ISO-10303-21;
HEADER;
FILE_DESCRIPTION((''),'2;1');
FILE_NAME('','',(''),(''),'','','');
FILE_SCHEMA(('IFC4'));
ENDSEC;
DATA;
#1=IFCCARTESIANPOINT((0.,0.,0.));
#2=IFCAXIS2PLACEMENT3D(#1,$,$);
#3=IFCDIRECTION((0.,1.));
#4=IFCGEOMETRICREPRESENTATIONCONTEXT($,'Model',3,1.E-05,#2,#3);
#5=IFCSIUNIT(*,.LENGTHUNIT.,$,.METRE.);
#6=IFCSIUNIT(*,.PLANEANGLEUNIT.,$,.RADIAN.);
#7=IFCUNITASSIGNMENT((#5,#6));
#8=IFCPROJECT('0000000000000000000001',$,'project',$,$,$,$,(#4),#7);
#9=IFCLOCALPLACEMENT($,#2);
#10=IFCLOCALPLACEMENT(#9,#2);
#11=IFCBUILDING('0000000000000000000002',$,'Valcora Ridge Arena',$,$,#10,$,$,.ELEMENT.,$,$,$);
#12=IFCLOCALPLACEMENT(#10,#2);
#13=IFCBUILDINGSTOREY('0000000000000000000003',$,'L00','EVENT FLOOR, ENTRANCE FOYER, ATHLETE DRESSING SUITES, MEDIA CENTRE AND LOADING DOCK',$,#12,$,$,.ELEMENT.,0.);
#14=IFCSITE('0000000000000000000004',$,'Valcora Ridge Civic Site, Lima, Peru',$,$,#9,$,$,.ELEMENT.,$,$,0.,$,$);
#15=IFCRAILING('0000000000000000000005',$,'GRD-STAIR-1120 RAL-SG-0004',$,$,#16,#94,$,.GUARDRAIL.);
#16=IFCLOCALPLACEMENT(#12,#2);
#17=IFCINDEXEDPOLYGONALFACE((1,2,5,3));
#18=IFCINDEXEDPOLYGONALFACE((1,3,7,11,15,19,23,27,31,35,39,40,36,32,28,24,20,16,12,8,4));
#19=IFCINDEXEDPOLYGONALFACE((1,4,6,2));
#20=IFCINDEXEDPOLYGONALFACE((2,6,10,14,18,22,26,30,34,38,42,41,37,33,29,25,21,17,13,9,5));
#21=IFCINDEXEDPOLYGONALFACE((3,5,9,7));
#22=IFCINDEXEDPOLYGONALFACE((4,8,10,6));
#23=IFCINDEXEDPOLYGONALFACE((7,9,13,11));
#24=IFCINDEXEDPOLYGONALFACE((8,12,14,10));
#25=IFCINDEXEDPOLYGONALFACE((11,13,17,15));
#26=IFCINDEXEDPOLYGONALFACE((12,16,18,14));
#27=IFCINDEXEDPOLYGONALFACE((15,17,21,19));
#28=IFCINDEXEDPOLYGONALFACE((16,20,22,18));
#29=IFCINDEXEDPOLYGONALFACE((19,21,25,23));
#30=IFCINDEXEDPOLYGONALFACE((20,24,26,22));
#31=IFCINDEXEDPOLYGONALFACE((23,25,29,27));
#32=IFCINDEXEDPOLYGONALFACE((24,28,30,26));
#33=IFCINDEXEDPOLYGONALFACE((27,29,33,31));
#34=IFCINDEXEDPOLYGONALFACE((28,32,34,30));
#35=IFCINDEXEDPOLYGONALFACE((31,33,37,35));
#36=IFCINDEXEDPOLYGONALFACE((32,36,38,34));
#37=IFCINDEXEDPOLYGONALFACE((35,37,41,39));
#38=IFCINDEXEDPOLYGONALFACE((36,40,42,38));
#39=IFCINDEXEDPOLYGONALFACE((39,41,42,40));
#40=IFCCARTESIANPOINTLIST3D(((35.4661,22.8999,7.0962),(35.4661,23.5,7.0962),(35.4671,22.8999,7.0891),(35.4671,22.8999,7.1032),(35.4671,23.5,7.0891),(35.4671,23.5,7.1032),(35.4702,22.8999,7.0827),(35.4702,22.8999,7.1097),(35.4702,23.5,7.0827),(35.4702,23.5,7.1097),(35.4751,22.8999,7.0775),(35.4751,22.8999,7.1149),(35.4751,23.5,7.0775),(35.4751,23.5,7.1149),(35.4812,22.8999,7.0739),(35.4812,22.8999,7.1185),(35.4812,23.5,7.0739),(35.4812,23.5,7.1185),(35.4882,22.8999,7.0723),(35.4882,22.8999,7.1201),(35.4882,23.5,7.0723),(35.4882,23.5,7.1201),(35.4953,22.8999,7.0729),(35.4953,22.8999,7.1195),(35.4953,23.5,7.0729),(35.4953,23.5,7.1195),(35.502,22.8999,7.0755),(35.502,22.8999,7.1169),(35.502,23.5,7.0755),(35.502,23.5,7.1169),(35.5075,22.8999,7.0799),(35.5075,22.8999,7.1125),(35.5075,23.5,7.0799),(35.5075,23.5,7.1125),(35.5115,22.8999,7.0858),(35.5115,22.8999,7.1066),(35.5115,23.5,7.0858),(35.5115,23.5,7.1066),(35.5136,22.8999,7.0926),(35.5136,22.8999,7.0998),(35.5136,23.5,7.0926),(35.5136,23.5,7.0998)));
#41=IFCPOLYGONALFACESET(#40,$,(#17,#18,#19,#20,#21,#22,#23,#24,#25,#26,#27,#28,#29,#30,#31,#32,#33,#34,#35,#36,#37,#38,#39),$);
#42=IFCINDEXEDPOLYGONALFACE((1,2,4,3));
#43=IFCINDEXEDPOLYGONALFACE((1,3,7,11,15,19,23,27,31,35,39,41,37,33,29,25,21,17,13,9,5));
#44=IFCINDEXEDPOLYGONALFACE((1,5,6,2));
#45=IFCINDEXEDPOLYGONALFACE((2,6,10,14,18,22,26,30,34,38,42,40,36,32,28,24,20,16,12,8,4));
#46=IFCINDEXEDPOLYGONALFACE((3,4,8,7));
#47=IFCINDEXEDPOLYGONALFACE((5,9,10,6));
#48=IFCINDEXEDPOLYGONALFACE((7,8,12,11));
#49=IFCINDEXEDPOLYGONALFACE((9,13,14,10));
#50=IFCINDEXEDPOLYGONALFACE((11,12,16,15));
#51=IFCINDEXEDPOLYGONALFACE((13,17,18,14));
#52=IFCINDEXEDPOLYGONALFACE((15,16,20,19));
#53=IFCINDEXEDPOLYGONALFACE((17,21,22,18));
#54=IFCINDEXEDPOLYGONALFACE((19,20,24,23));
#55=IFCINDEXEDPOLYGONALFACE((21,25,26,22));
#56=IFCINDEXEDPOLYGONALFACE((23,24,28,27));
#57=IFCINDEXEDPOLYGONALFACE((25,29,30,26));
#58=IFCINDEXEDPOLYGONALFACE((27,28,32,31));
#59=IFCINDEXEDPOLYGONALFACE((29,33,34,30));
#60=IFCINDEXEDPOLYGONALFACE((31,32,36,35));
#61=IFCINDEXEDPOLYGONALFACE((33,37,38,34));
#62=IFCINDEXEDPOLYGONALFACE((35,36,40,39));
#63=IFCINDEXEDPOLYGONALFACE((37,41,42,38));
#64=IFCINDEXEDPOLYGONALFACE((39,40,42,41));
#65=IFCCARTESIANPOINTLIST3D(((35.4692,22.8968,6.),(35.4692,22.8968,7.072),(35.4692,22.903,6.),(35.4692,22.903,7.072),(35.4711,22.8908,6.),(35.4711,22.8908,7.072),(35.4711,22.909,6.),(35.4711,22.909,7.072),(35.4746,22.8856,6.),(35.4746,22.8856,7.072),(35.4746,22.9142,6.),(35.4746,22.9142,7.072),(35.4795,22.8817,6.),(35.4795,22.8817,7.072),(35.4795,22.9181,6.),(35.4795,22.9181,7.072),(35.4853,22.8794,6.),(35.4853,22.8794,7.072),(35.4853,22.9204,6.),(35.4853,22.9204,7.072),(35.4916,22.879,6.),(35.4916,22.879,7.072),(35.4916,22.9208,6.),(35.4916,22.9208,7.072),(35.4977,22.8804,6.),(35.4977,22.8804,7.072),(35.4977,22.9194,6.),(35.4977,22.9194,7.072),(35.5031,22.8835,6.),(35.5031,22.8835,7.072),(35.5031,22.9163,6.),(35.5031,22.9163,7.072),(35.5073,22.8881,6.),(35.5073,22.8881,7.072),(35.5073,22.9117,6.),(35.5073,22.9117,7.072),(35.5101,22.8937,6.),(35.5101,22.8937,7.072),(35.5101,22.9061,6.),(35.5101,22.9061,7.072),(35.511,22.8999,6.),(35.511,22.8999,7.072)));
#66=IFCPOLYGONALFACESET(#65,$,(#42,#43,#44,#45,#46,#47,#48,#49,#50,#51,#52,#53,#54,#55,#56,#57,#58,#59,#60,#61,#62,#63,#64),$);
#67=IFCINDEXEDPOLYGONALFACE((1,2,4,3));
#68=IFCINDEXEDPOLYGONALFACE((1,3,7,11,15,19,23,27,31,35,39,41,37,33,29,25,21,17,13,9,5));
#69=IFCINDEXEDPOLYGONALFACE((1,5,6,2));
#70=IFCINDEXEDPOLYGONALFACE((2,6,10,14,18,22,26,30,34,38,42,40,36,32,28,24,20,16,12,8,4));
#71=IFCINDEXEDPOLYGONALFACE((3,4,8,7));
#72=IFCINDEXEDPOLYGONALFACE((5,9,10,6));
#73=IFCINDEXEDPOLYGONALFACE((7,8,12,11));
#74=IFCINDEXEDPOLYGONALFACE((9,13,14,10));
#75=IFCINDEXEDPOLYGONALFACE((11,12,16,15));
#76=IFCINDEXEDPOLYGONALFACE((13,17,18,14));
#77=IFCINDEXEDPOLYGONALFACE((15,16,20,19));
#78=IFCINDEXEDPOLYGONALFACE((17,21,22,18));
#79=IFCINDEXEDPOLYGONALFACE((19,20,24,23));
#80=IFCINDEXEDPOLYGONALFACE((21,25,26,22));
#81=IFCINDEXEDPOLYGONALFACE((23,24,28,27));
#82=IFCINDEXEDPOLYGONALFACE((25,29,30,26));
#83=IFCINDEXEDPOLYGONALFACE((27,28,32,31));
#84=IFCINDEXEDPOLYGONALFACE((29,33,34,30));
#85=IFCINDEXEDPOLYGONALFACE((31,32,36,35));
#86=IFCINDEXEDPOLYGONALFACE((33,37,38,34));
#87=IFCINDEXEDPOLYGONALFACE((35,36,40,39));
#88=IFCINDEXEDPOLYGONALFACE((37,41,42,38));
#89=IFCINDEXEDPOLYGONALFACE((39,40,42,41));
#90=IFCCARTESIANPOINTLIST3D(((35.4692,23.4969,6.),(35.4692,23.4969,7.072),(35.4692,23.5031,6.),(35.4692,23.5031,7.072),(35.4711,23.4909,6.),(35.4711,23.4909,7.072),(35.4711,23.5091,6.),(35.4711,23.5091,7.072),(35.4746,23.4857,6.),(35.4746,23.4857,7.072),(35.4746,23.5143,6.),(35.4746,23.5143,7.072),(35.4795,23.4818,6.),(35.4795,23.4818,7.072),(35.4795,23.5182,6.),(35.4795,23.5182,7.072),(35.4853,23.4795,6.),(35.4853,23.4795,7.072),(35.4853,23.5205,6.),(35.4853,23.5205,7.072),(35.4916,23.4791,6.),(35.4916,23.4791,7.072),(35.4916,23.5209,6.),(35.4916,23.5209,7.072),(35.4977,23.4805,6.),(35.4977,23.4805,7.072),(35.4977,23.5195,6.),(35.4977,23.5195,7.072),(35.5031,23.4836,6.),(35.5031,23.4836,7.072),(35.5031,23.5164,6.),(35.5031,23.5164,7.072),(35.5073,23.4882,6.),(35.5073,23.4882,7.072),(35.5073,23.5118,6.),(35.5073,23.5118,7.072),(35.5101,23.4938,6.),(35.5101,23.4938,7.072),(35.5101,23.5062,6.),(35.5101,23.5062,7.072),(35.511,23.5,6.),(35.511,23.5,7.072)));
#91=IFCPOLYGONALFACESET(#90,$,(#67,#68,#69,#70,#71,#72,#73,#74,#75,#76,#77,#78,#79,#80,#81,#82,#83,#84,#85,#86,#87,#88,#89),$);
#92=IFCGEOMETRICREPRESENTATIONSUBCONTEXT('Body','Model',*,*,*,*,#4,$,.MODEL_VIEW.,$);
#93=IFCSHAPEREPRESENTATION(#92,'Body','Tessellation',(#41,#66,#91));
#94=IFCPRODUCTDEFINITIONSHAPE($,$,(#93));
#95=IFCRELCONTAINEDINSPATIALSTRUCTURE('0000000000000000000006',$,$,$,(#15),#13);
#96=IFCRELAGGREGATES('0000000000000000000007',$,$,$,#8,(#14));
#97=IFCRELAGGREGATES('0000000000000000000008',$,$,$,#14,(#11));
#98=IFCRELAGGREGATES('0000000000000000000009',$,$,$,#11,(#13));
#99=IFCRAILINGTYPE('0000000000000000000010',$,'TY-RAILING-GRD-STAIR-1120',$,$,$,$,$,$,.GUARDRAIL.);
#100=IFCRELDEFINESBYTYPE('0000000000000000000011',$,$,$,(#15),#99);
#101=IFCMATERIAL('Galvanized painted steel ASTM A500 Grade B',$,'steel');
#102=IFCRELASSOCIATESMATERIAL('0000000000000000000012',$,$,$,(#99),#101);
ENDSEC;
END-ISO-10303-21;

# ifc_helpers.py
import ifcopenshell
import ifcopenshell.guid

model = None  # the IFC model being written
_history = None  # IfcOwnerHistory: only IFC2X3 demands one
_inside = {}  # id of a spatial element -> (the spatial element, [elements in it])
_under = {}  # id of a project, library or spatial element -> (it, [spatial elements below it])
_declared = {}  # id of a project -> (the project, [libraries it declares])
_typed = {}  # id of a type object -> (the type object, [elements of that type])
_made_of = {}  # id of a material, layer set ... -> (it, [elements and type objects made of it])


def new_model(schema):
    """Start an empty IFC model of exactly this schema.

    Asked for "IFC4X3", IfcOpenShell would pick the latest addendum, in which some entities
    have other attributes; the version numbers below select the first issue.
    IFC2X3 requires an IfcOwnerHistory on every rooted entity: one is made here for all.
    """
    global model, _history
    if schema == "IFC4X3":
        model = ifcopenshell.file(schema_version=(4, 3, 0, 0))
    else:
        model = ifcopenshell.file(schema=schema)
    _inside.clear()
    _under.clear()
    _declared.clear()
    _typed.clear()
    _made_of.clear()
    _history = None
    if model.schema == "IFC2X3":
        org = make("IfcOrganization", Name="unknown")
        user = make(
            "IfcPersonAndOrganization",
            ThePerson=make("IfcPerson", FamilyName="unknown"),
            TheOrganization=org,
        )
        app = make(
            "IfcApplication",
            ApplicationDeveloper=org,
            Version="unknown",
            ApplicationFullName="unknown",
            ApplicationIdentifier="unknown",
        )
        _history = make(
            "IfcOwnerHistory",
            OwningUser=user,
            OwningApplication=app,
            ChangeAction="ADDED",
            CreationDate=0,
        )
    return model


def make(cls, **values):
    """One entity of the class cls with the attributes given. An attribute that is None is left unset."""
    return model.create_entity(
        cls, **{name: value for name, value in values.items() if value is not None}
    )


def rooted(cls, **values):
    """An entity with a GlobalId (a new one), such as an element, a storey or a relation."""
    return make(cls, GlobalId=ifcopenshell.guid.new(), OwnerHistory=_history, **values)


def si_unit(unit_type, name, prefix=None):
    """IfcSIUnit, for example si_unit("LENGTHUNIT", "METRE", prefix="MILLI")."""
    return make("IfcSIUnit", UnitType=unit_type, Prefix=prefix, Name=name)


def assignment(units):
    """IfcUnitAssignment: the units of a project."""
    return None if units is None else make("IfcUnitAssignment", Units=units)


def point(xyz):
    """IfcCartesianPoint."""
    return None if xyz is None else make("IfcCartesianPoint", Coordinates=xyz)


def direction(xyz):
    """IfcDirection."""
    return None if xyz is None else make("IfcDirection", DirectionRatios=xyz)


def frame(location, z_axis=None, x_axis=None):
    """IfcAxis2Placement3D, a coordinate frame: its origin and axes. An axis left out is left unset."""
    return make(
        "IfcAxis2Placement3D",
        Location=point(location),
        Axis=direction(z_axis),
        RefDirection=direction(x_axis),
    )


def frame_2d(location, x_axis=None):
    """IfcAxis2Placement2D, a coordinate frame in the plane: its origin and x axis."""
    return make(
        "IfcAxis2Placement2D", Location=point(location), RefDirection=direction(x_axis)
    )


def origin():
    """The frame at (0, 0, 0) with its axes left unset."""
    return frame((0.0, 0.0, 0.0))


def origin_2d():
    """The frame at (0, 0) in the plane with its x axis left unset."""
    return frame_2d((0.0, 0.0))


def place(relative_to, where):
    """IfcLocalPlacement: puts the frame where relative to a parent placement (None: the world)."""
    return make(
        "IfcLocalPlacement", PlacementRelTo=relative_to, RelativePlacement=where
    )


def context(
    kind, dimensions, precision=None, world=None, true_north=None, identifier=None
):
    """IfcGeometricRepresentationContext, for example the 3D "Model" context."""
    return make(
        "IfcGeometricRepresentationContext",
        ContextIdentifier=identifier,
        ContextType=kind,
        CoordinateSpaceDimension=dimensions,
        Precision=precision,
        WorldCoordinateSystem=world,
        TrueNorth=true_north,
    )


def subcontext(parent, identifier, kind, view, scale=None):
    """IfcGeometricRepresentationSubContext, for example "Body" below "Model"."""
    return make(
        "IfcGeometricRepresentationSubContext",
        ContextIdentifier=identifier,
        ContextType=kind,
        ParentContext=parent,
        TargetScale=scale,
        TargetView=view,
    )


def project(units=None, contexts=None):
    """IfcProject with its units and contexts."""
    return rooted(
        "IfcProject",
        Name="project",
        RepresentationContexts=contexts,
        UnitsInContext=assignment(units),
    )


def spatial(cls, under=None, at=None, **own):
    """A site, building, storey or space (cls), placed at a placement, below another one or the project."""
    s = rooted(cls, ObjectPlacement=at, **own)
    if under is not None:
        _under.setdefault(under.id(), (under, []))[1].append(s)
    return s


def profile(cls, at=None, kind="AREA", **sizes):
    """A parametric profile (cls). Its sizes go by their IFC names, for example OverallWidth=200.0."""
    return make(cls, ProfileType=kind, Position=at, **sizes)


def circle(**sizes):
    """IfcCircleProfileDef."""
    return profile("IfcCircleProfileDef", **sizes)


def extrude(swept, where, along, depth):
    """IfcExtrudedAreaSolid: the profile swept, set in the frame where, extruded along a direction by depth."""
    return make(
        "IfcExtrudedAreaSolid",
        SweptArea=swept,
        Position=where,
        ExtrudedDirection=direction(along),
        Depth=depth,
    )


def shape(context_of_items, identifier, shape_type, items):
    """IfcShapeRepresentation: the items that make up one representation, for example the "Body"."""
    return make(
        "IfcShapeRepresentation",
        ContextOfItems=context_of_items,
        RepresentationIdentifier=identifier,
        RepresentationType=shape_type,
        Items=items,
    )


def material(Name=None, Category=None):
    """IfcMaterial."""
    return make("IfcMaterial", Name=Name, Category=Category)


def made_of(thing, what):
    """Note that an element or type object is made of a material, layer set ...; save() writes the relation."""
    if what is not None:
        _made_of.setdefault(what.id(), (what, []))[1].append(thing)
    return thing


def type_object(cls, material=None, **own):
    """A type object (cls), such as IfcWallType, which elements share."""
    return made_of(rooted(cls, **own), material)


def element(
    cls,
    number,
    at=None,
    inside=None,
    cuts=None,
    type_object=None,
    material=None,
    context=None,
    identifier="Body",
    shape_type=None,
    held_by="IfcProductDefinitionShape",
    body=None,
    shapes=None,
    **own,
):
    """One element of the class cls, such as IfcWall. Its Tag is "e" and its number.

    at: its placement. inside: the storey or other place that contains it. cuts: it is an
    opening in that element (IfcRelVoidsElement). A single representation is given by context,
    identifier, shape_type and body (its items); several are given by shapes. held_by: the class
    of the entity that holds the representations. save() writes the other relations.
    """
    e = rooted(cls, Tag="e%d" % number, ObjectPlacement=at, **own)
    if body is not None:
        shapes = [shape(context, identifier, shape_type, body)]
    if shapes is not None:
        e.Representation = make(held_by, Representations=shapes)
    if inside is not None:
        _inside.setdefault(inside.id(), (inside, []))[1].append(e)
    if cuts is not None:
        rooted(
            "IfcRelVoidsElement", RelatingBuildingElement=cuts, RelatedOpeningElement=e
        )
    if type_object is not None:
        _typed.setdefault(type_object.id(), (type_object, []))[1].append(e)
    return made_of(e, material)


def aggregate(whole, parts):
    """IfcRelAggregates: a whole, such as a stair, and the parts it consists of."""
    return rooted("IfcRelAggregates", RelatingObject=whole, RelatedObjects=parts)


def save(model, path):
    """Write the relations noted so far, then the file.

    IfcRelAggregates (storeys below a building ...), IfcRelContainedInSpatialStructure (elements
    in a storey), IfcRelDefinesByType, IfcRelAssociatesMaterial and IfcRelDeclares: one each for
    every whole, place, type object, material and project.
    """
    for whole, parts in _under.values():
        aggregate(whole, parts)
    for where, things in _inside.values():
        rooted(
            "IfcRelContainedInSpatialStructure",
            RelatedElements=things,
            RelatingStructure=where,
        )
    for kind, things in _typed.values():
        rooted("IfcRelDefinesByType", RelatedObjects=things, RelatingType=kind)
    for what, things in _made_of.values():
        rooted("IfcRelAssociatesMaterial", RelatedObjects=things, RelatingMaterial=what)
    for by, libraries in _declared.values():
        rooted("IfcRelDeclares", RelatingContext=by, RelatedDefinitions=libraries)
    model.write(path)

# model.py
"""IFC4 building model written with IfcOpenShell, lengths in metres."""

from ifc_helpers import new_model, si_unit, direction, frame, origin, origin_2d, place, context, subcontext, project, spatial, circle, extrude, material, type_object, element, save


model = new_model("IFC4")

# Units and contexts
model_context = context("Model", 3, precision=1e-05, world=origin(), true_north=direction((0.0, 1.0)))
body_context = subcontext(model_context, "Body", "Model", "MODEL_VIEW")
ifc_project = project(units=[si_unit("LENGTHUNIT", "METRE"), si_unit("PLANEANGLEUNIT", "RADIAN")], contexts=[model_context])

# Site, building, storey
site_placement = place(None, origin())
site = spatial("IfcSite", under=ifc_project, at=site_placement, Name="Valcora Ridge Civic Site, Lima, Peru", CompositionType="ELEMENT", RefElevation=0.0)
building_placement = place(site_placement, origin())
building = spatial("IfcBuilding", under=site, at=building_placement, Name="Valcora Ridge Arena", CompositionType="ELEMENT")
storey_placement = place(building_placement, origin())
storey = spatial("IfcBuildingStorey", under=building, at=storey_placement, Name="L00", Description="EVENT FLOOR, ENTRANCE FOYER, ATHLETE DRESSING SUITES, MEDIA CENTRE AND LOADING DOCK", CompositionType="ELEMENT", Elevation=0.0)

# Railing
ifc_material_1 = material(Name="Galvanized painted steel ASTM A500 Grade B", Category="steel")
railing_type_1 = type_object("IfcRailingType", Name="TY-RAILING-GRD-STAIR-1120", PredefinedType="GUARDRAIL", material=ifc_material_1)
railing_1_placement = place(storey_placement, frame((35.49, 22.8999, 6.0)))
element("IfcRailing", 1, at=railing_1_placement, inside=storey, type_object=railing_type_1, Name="GRD-STAIR-1120 RAL-SG-0004", PredefinedType="GUARDRAIL", context=body_context, shape_type="SweptSolid", body=[
    extrude(circle(Radius=0.0239, at=origin_2d()), frame((0.0, 0.0, 1.0962), z_axis=(0.0, 1.0, 0.0), x_axis=(-1.0, 0.0, 0.0)), (0.0, 0.0, 1.0), 0.6001),
    extrude(circle(Radius=0.021, at=origin_2d()), origin(), (0.0, 0.0, 1.0), 1.072),
    extrude(circle(Radius=0.021, at=origin_2d()), frame((0.0, 0.6001, 0.0)), (0.0, 0.0, 1.0), 1.072),
])

save(model, "model.ifc")
